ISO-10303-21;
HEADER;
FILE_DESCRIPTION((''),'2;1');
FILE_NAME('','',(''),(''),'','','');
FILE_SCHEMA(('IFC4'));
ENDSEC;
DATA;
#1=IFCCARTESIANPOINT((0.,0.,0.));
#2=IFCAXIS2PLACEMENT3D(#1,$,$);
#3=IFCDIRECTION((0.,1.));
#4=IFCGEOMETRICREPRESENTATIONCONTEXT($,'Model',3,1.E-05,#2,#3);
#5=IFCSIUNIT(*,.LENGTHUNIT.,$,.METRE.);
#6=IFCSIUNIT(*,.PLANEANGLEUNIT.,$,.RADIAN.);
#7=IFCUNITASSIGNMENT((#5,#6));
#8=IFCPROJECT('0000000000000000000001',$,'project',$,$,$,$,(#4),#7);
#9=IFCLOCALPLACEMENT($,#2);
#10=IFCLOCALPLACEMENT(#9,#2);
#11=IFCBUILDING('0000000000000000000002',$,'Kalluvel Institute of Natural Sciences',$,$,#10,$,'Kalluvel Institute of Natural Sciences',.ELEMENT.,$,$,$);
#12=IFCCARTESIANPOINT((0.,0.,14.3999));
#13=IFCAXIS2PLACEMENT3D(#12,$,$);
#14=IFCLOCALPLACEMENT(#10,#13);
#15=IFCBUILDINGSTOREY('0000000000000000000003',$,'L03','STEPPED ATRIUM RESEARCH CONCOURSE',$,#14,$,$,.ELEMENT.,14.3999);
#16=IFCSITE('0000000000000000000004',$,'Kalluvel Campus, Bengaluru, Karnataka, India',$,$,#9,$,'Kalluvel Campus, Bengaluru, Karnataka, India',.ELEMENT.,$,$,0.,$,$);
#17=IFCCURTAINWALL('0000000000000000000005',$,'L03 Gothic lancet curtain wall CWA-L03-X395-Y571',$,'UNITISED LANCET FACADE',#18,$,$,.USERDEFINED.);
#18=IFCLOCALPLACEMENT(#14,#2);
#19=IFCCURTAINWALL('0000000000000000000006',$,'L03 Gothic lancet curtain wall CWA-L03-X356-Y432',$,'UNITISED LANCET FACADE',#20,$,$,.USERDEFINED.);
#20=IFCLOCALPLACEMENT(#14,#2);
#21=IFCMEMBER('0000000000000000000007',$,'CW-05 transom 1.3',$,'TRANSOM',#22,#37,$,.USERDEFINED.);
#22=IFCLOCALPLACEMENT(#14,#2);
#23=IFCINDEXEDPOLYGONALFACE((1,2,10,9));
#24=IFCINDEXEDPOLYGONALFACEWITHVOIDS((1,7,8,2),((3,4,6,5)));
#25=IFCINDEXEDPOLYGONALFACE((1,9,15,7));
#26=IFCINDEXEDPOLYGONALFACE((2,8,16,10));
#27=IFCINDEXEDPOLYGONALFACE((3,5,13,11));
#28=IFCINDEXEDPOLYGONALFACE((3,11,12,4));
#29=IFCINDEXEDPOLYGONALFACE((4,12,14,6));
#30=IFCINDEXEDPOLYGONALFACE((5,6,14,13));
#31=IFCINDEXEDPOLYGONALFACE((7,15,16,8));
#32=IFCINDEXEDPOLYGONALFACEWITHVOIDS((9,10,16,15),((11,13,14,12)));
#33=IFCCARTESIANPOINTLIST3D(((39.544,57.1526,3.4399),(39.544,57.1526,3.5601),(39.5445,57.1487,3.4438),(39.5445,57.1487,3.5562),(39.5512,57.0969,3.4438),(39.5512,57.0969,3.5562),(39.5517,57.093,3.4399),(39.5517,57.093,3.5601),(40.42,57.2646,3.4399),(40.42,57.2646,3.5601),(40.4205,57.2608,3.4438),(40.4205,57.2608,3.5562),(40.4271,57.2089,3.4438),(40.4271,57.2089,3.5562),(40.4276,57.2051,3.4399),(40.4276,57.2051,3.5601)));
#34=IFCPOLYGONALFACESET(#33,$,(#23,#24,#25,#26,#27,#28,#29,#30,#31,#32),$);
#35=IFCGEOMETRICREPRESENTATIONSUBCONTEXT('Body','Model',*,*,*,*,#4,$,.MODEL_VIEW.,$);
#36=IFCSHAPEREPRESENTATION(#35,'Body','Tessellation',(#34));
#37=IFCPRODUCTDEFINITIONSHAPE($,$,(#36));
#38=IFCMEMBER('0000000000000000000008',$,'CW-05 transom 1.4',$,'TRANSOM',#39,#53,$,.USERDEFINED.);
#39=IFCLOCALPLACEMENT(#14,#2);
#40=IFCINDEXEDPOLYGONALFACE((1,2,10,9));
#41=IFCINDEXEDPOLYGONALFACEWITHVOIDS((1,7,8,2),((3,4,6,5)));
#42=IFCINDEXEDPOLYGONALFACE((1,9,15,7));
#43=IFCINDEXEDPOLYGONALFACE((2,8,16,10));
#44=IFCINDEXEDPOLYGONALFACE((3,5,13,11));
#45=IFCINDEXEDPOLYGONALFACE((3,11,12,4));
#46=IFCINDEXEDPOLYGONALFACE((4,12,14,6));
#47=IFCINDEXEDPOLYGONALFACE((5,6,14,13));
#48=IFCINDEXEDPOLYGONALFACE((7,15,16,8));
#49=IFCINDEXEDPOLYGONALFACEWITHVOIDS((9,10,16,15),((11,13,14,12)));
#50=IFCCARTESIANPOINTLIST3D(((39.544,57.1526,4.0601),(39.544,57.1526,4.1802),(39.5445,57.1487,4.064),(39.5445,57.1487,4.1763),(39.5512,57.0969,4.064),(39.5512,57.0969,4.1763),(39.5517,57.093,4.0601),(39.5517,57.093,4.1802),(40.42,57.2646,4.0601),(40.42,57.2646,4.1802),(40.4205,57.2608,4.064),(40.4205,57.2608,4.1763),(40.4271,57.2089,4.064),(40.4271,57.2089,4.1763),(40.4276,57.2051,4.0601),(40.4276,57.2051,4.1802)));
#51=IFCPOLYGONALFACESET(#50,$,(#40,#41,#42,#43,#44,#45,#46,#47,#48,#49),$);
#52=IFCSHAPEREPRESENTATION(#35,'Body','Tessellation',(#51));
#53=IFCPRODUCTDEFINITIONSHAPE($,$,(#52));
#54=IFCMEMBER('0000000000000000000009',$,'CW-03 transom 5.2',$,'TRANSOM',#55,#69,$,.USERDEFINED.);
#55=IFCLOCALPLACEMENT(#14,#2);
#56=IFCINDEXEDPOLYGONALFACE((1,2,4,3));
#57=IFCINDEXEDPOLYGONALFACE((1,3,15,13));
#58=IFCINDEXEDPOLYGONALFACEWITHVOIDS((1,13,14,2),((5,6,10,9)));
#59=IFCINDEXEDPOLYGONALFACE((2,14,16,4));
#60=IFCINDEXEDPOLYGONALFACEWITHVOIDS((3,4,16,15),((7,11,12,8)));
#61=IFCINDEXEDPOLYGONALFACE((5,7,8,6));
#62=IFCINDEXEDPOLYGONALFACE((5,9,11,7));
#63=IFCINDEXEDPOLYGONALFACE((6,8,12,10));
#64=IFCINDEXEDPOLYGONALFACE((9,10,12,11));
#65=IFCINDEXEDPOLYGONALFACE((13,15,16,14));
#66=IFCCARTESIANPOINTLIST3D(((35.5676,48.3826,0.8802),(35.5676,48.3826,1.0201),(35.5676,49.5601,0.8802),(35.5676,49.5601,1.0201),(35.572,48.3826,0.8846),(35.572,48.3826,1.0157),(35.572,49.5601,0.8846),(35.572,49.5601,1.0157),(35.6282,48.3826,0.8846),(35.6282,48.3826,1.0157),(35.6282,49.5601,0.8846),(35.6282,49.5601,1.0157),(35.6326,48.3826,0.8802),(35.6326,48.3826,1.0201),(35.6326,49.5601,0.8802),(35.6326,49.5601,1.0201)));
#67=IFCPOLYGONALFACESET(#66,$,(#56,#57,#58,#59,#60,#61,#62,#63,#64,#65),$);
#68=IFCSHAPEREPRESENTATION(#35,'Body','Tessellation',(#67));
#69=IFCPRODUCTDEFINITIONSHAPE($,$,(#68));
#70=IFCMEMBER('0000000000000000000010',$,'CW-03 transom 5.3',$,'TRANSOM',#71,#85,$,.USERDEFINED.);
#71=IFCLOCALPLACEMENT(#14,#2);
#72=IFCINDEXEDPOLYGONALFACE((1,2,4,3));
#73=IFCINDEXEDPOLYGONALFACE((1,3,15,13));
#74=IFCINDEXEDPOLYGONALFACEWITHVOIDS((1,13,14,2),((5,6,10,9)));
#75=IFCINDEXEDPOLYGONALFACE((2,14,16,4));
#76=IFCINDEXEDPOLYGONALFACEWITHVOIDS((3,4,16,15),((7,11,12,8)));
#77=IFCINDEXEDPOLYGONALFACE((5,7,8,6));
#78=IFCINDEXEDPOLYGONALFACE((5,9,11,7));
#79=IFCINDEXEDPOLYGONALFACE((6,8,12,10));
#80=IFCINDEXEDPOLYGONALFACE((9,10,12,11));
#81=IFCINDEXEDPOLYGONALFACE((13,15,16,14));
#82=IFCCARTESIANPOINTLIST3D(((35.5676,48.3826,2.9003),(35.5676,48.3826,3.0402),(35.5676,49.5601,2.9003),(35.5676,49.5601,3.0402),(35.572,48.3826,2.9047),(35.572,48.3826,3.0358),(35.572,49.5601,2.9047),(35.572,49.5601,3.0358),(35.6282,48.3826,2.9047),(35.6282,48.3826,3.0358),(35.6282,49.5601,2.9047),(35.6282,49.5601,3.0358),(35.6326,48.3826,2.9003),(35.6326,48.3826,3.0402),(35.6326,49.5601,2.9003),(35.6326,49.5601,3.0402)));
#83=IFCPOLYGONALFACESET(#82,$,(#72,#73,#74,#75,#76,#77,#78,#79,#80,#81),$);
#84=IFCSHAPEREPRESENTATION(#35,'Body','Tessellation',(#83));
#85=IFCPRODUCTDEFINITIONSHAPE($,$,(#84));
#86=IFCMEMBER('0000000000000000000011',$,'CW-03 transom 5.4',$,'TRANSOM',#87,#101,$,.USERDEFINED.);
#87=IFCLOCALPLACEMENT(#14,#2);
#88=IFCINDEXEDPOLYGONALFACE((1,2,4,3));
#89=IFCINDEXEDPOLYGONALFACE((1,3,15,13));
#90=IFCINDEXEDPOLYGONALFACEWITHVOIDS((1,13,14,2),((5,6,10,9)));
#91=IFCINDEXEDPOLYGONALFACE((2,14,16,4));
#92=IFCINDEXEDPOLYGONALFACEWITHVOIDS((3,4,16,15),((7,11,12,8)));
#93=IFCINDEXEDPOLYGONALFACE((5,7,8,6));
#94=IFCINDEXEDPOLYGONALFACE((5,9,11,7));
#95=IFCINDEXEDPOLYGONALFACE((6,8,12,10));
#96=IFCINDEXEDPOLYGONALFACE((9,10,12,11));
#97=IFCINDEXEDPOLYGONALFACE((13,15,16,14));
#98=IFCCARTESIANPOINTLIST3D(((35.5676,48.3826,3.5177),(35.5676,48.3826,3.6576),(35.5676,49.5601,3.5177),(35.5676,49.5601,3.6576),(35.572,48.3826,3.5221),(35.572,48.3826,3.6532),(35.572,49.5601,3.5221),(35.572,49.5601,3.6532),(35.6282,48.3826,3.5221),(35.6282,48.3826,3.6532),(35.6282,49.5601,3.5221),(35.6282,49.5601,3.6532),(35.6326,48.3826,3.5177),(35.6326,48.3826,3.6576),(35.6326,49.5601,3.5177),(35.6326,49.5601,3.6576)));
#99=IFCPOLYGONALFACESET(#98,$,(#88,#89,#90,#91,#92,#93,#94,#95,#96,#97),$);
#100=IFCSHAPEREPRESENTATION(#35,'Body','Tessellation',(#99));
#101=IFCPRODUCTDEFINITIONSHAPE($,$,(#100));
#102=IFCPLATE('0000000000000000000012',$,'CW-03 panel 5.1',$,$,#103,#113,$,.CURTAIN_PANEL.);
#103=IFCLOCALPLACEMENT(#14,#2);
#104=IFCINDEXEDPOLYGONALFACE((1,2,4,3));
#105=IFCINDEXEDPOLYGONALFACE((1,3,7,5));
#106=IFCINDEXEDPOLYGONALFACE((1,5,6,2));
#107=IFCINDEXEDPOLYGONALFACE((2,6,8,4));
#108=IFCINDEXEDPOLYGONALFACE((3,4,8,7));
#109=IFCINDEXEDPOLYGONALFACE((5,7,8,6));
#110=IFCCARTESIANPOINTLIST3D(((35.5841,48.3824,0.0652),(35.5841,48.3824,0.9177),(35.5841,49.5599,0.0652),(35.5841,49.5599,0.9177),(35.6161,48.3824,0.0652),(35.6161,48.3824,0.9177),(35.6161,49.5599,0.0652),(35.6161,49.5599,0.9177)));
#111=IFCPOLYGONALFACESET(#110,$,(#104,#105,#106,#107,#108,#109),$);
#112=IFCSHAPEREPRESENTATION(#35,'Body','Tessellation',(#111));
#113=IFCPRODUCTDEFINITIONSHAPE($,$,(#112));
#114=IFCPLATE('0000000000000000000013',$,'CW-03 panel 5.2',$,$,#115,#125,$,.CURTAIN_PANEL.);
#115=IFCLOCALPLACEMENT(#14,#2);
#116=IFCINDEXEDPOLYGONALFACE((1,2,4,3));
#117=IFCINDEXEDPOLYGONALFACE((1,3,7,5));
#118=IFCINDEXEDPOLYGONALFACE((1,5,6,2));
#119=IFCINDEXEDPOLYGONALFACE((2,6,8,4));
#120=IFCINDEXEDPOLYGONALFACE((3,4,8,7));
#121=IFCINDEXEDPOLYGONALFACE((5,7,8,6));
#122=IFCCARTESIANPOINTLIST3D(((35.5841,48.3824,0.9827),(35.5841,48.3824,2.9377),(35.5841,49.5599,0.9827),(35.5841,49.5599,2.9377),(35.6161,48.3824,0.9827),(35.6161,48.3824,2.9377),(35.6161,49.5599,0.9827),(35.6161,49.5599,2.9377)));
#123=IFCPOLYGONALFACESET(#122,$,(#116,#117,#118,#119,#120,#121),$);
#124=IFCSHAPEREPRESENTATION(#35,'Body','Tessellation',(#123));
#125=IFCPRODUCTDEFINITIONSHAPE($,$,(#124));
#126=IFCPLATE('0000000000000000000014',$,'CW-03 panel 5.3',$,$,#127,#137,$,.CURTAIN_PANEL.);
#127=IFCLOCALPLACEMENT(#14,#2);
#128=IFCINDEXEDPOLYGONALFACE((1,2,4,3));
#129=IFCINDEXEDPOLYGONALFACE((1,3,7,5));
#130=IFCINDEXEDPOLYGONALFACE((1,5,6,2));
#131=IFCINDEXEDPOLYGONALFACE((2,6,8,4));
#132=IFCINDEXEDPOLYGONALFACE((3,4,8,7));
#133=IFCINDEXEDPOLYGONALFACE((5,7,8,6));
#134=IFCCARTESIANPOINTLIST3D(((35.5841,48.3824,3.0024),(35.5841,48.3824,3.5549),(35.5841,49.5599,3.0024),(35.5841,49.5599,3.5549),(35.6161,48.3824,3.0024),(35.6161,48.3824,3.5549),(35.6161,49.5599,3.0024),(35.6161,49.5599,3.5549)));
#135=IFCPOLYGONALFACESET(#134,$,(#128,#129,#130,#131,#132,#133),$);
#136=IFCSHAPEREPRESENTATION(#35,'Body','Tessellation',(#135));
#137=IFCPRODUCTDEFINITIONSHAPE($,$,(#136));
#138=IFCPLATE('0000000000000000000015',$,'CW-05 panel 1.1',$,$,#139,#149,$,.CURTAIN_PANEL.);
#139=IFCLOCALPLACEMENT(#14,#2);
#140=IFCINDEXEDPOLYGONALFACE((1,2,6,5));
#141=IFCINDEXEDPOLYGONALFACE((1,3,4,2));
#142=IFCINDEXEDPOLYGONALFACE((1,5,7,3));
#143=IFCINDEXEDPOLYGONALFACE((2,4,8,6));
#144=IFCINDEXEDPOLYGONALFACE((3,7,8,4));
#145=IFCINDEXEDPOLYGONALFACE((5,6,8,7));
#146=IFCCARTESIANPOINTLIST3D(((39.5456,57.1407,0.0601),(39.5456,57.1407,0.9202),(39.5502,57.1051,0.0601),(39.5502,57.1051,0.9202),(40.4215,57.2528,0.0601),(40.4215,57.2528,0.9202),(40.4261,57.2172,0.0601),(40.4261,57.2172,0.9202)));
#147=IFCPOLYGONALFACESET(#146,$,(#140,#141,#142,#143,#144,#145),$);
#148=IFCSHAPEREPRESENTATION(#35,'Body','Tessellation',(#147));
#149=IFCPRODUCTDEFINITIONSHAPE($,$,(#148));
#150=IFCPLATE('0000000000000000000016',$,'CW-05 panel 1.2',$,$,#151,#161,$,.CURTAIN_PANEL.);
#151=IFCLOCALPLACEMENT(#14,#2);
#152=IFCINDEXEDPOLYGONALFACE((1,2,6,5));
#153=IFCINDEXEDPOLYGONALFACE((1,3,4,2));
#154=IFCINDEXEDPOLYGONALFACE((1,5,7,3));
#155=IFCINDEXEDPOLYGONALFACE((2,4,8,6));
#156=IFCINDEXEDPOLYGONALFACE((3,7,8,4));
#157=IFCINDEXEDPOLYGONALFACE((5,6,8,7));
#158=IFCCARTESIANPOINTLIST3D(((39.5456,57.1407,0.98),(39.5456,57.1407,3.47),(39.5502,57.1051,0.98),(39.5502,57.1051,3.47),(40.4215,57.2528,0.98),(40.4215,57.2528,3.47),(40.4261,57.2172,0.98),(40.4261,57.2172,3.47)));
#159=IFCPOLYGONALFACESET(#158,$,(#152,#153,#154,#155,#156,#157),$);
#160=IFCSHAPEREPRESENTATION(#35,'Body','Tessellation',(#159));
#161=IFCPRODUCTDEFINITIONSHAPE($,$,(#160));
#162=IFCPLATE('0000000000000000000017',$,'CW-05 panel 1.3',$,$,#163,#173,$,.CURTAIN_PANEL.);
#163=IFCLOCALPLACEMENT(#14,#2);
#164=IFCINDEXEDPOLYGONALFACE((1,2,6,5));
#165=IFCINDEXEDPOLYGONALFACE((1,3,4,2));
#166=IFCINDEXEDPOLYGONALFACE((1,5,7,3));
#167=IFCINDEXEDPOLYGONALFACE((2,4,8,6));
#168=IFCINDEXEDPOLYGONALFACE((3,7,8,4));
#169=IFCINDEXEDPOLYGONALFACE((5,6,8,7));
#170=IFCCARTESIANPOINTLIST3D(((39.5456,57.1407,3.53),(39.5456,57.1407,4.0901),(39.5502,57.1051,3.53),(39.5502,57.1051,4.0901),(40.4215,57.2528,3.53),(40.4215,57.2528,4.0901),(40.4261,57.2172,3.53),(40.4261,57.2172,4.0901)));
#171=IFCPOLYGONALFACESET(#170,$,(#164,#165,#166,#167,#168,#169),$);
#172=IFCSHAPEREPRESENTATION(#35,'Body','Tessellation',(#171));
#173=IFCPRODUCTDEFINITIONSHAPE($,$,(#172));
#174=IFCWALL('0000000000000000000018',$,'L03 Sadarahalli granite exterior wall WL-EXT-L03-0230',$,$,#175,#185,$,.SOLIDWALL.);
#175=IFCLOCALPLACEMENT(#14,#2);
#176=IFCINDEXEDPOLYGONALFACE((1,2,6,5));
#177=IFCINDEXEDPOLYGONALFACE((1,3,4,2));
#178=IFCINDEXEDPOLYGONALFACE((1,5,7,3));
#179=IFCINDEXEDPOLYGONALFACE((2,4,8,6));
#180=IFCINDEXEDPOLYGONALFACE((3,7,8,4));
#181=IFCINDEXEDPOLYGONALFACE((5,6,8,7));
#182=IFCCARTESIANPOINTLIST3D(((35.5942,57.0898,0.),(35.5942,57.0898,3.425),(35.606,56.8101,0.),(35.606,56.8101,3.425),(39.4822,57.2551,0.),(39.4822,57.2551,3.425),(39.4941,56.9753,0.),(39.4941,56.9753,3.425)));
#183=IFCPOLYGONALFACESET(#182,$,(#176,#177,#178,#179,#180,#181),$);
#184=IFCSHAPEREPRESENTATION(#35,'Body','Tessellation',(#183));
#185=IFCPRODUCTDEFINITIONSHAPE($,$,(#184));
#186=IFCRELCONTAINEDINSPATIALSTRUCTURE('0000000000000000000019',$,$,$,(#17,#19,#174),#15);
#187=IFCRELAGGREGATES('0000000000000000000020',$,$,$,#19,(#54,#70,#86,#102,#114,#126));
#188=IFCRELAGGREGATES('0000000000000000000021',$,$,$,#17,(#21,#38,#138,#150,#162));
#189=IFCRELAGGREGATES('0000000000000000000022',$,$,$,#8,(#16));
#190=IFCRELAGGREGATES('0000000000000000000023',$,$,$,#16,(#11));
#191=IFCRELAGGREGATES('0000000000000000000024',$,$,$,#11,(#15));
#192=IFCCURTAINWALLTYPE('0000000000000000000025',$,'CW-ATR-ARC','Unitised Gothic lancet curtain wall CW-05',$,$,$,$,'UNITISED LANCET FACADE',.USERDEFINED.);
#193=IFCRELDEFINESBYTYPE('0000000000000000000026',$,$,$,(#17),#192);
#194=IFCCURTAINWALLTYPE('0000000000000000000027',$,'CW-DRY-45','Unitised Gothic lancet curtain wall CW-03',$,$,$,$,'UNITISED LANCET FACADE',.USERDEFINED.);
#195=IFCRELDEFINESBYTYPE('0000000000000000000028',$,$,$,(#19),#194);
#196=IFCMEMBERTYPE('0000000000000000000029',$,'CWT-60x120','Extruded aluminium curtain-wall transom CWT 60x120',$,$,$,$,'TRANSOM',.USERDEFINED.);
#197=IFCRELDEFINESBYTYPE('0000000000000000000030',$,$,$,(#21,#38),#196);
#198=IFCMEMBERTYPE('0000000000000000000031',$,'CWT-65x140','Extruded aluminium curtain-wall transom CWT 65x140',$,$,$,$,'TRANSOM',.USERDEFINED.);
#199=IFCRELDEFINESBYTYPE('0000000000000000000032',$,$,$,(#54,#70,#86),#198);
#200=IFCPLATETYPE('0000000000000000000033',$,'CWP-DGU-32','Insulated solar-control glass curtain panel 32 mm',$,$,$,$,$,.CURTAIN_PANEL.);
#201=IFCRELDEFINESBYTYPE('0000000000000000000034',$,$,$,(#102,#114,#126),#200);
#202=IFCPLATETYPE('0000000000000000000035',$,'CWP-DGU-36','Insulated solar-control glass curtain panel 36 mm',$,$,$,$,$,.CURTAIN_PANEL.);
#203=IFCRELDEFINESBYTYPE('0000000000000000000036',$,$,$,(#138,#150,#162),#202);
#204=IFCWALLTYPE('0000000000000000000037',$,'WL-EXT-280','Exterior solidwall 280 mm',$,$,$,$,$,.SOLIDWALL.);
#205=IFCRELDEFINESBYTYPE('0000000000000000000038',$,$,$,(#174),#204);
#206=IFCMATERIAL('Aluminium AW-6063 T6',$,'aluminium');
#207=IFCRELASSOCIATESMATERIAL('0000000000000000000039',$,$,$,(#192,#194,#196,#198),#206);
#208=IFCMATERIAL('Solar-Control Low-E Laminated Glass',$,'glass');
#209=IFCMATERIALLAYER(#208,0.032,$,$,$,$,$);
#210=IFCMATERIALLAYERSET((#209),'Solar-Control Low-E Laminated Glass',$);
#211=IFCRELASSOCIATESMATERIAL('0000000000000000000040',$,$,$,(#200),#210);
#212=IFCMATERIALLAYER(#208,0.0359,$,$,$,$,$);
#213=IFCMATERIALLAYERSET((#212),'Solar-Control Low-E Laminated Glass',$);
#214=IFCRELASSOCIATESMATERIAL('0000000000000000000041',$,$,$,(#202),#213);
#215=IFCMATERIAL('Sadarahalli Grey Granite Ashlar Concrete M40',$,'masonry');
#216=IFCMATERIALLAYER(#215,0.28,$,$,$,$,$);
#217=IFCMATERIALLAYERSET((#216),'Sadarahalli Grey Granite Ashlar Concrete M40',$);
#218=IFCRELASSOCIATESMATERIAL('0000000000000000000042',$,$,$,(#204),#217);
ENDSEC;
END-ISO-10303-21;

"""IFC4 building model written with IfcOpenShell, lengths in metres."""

from ifc_helpers import new_model, si_unit, direction, frame, frame_2d, origin, origin_2d, place, context, subcontext, project, spatial, rectangle, hollow_rectangle, extrude, material, layer, layer_set, material_profile, profile_set, type_object, element, aggregate, save


model = new_model("IFC4")

# Units and contexts
model_context = context("Model", 3, precision=1e-05, world=origin(), true_north=direction((0.0, 1.0)))
body_context = subcontext(model_context, "Body", "Model", "MODEL_VIEW")
ifc_project = project(units=[si_unit("LENGTHUNIT", "METRE"), si_unit("PLANEANGLEUNIT", "RADIAN")], contexts=[model_context])

# Site, building, storey
site_placement = place(None, origin())
site = spatial("IfcSite", under=ifc_project, at=site_placement, Name="Kalluvel Campus, Bengaluru, Karnataka, India", LongName="Kalluvel Campus, Bengaluru, Karnataka, India", CompositionType="ELEMENT", RefElevation=0.0)
building_placement = place(site_placement, origin())
building = spatial("IfcBuilding", under=site, at=building_placement, Name="Kalluvel Institute of Natural Sciences", LongName="Kalluvel Institute of Natural Sciences", CompositionType="ELEMENT")
storey_placement = place(building_placement, frame((0.0, 0.0, 14.3999)))
storey = spatial("IfcBuildingStorey", under=building, at=storey_placement, Name="L03", Description="STEPPED ATRIUM RESEARCH CONCOURSE", CompositionType="ELEMENT", Elevation=14.3999)

# Curtain wall
ifc_material_1 = material(Name="Aluminium AW-6063 T6", Category="aluminium")
curtain_wall_type_1 = type_object("IfcCurtainWallType", Name="CW-ATR-ARC", Description="Unitised Gothic lancet curtain wall CW-05", ElementType="UNITISED LANCET FACADE", PredefinedType="USERDEFINED", material=ifc_material_1)
curtain_wall_1_placement = place(storey_placement, origin())
curtain_wall_1 = element("IfcCurtainWall", 1, at=curtain_wall_1_placement, inside=storey, type_object=curtain_wall_type_1, Name="L03 Gothic lancet curtain wall CWA-L03-X395-Y571", ObjectType="UNITISED LANCET FACADE", PredefinedType="USERDEFINED")

# Curtain wall
curtain_wall_type_2 = type_object("IfcCurtainWallType", Name="CW-DRY-45", Description="Unitised Gothic lancet curtain wall CW-03", ElementType="UNITISED LANCET FACADE", PredefinedType="USERDEFINED", material=ifc_material_1)
curtain_wall_2_placement = place(storey_placement, origin())
curtain_wall_2 = element("IfcCurtainWall", 2, at=curtain_wall_2_placement, inside=storey, type_object=curtain_wall_type_2, Name="L03 Gothic lancet curtain wall CWA-L03-X356-Y432", ObjectType="UNITISED LANCET FACADE", PredefinedType="USERDEFINED")

# Members
ifc_material_profile_1 = material_profile(ifc_material_1, hollow_rectangle(XDim=0.0601, YDim=0.1201, WallThickness=0.0039, at=origin_2d()), Name="CWT 60x120")
ifc_profile_set_1 = profile_set([ifc_material_profile_1], Name="Aluminium AW-6063 T6")
member_type_1 = type_object("IfcMemberType", Name="CWT-60x120", Description="Extruded aluminium curtain-wall transom CWT 60x120", ElementType="TRANSOM", PredefinedType="USERDEFINED", material=ifc_profile_set_1)
member_1_placement = place(storey_placement, frame((39.5479, 57.1228, 3.5), z_axis=(0.991916, 0.126892, 0.0), x_axis=(-0.126892, 0.991916, 0.0)))
member_1 = element("IfcMember", 3, at=member_1_placement, type_object=member_type_1, Name="CW-05 transom 1.3", ObjectType="TRANSOM", PredefinedType="USERDEFINED", context=body_context, shape_type="SweptSolid", body=[
    extrude(hollow_rectangle(XDim=0.0601, YDim=0.1201, WallThickness=0.0039, at=origin_2d()), origin(), (0.0, 0.0, 1.0), 0.8831),
])
member_2_placement = place(storey_placement, frame((39.5479, 57.1228, 4.1201), z_axis=(0.991916, 0.126892, 0.0), x_axis=(-0.126892, 0.991916, 0.0)))
member_2 = element("IfcMember", 4, at=member_2_placement, type_object=member_type_1, Name="CW-05 transom 1.4", ObjectType="TRANSOM", PredefinedType="USERDEFINED", context=body_context, shape_type="SweptSolid", body=[
    extrude(hollow_rectangle(XDim=0.0601, YDim=0.1201, WallThickness=0.0039, at=origin_2d()), origin(), (0.0, 0.0, 1.0), 0.8831),
])
ifc_material_profile_2 = material_profile(ifc_material_1, hollow_rectangle(XDim=0.0649, YDim=0.1399, WallThickness=0.0044, at=origin_2d()), Name="CWT 65x140")
ifc_profile_set_2 = profile_set([ifc_material_profile_2], Name="Aluminium AW-6063 T6")
member_type_2 = type_object("IfcMemberType", Name="CWT-65x140", Description="Extruded aluminium curtain-wall transom CWT 65x140", ElementType="TRANSOM", PredefinedType="USERDEFINED", material=ifc_profile_set_2)
member_3_placement = place(storey_placement, frame((35.6001, 48.3826, 0.9502), z_axis=(0.0, 1.0, 0.0), x_axis=(-1.0, 0.0, 0.0)))
member_3 = element("IfcMember", 5, at=member_3_placement, type_object=member_type_2, Name="CW-03 transom 5.2", ObjectType="TRANSOM", PredefinedType="USERDEFINED", context=body_context, shape_type="SweptSolid", body=[
    extrude(hollow_rectangle(XDim=0.0649, YDim=0.1399, WallThickness=0.0044, at=origin_2d()), origin(), (0.0, 0.0, 1.0), 1.1775),
])
member_4_placement = place(storey_placement, frame((35.6001, 48.3826, 2.9702), z_axis=(0.0, 1.0, 0.0), x_axis=(-1.0, 0.0, 0.0)))
member_4 = element("IfcMember", 6, at=member_4_placement, type_object=member_type_2, Name="CW-03 transom 5.3", ObjectType="TRANSOM", PredefinedType="USERDEFINED", context=body_context, shape_type="SweptSolid", body=[
    extrude(hollow_rectangle(XDim=0.0649, YDim=0.1399, WallThickness=0.0044, at=origin_2d()), origin(), (0.0, 0.0, 1.0), 1.1775),
])
member_5_placement = place(storey_placement, frame((35.6001, 48.3826, 3.5876), z_axis=(0.0, 1.0, 0.0), x_axis=(-1.0, 0.0, 0.0)))
member_5 = element("IfcMember", 7, at=member_5_placement, type_object=member_type_2, Name="CW-03 transom 5.4", ObjectType="TRANSOM", PredefinedType="USERDEFINED", context=body_context, shape_type="SweptSolid", body=[
    extrude(hollow_rectangle(XDim=0.0649, YDim=0.1399, WallThickness=0.0044, at=origin_2d()), origin(), (0.0, 0.0, 1.0), 1.1775),
])

# Plates
ifc_material_2 = material(Name="Solar-Control Low-E Laminated Glass", Category="glass")
ifc_layer_1 = layer(ifc_material_2, 0.032)
ifc_layer_set_1 = layer_set([ifc_layer_1], Name="Solar-Control Low-E Laminated Glass")
plate_type_1 = type_object("IfcPlateType", Name="CWP-DGU-32", Description="Insulated solar-control glass curtain panel 32 mm", PredefinedType="CURTAIN_PANEL", material=ifc_layer_set_1)
plate_1_placement = place(storey_placement, frame((35.6001, 48.9712, 0.0652), z_axis=(0.0, 0.0, 1.0), x_axis=(0.0, 1.0, 0.0)))
plate_1 = element("IfcPlate", 8, at=plate_1_placement, type_object=plate_type_1, Name="CW-03 panel 5.1", PredefinedType="CURTAIN_PANEL", context=body_context, shape_type="SweptSolid", body=[
    extrude(rectangle(XDim=1.1775, YDim=0.032, at=origin_2d()), origin(), (0.0, 0.0, 1.0), 0.8525),
])
plate_2_placement = place(storey_placement, frame((35.6001, 48.9712, 0.9827), z_axis=(0.0, 0.0, 1.0), x_axis=(0.0, 1.0, 0.0)))
plate_2 = element("IfcPlate", 9, at=plate_2_placement, type_object=plate_type_1, Name="CW-03 panel 5.2", PredefinedType="CURTAIN_PANEL", context=body_context, shape_type="SweptSolid", body=[
    extrude(rectangle(XDim=1.1775, YDim=0.032, at=origin_2d()), origin(), (0.0, 0.0, 1.0), 1.9551),
])
plate_3_placement = place(storey_placement, frame((35.6001, 48.9712, 3.0024), z_axis=(0.0, 0.0, 1.0), x_axis=(0.0, 1.0, 0.0)))
plate_3 = element("IfcPlate", 10, at=plate_3_placement, type_object=plate_type_1, Name="CW-03 panel 5.3", PredefinedType="CURTAIN_PANEL", context=body_context, shape_type="SweptSolid", body=[
    extrude(rectangle(XDim=1.1775, YDim=0.032, at=origin_2d()), origin(), (0.0, 0.0, 1.0), 0.5525),
])
aggregate(curtain_wall_2, [member_3, member_4, member_5, plate_1, plate_2, plate_3])
ifc_layer_2 = layer(ifc_material_2, 0.0359)
ifc_layer_set_2 = layer_set([ifc_layer_2], Name="Solar-Control Low-E Laminated Glass")
plate_type_2 = type_object("IfcPlateType", Name="CWP-DGU-36", Description="Insulated solar-control glass curtain panel 36 mm", PredefinedType="CURTAIN_PANEL", material=ifc_layer_set_2)
plate_4_placement = place(storey_placement, frame((39.9858, 57.179, 0.0601), z_axis=(0.0, 0.0, 1.0), x_axis=(0.991901, 0.12701, 0.0)))
plate_4 = element("IfcPlate", 11, at=plate_4_placement, type_object=plate_type_2, Name="CW-05 panel 1.1", PredefinedType="CURTAIN_PANEL", context=body_context, shape_type="SweptSolid", body=[
    extrude(rectangle(XDim=0.8831, YDim=0.0359, at=origin_2d()), origin(), (0.0, 0.0, 1.0), 0.8601),
])
plate_5_placement = place(storey_placement, frame((39.9858, 57.179, 0.98), z_axis=(0.0, 0.0, 1.0), x_axis=(0.991901, 0.12701, 0.0)))
plate_5 = element("IfcPlate", 12, at=plate_5_placement, type_object=plate_type_2, Name="CW-05 panel 1.2", PredefinedType="CURTAIN_PANEL", context=body_context, shape_type="SweptSolid", body=[
    extrude(rectangle(XDim=0.8831, YDim=0.0359, at=origin_2d()), origin(), (0.0, 0.0, 1.0), 2.49),
])
plate_6_placement = place(storey_placement, frame((39.9858, 57.179, 3.53), z_axis=(0.0, 0.0, 1.0), x_axis=(0.991901, 0.12701, 0.0)))
plate_6 = element("IfcPlate", 13, at=plate_6_placement, type_object=plate_type_2, Name="CW-05 panel 1.3", PredefinedType="CURTAIN_PANEL", context=body_context, shape_type="SweptSolid", body=[
    extrude(rectangle(XDim=0.8831, YDim=0.0359, at=origin_2d()), origin(), (0.0, 0.0, 1.0), 0.5601),
])
aggregate(curtain_wall_1, [member_1, member_2, plate_4, plate_5, plate_6])

# Wall
ifc_material_3 = material(Name="Sadarahalli Grey Granite Ashlar Concrete M40", Category="masonry")
ifc_layer_3 = layer(ifc_material_3, 0.28)
ifc_layer_set_3 = layer_set([ifc_layer_3], Name="Sadarahalli Grey Granite Ashlar Concrete M40")
wall_type = type_object("IfcWallType", Name="WL-EXT-280", Description="Exterior solidwall 280 mm", PredefinedType="SOLIDWALL", material=ifc_layer_set_3)
wall_placement = place(storey_placement, frame((35.6001, 56.95, 0.0), z_axis=(0.0, 0.0, 1.0), x_axis=(0.999098, 0.042471, 0.0)))
element("IfcWall", 14, at=wall_placement, inside=storey, type_object=wall_type, Name="L03 Sadarahalli granite exterior wall WL-EXT-L03-0230", PredefinedType="SOLIDWALL", context=body_context, shape_type="SweptSolid", body=[
    extrude(rectangle(XDim=3.8916, YDim=0.28, at=frame_2d((1.9458, 0.0))), origin(), (0.0, 0.0, 1.0), 3.425),
])

save(model, "model.ifc")
